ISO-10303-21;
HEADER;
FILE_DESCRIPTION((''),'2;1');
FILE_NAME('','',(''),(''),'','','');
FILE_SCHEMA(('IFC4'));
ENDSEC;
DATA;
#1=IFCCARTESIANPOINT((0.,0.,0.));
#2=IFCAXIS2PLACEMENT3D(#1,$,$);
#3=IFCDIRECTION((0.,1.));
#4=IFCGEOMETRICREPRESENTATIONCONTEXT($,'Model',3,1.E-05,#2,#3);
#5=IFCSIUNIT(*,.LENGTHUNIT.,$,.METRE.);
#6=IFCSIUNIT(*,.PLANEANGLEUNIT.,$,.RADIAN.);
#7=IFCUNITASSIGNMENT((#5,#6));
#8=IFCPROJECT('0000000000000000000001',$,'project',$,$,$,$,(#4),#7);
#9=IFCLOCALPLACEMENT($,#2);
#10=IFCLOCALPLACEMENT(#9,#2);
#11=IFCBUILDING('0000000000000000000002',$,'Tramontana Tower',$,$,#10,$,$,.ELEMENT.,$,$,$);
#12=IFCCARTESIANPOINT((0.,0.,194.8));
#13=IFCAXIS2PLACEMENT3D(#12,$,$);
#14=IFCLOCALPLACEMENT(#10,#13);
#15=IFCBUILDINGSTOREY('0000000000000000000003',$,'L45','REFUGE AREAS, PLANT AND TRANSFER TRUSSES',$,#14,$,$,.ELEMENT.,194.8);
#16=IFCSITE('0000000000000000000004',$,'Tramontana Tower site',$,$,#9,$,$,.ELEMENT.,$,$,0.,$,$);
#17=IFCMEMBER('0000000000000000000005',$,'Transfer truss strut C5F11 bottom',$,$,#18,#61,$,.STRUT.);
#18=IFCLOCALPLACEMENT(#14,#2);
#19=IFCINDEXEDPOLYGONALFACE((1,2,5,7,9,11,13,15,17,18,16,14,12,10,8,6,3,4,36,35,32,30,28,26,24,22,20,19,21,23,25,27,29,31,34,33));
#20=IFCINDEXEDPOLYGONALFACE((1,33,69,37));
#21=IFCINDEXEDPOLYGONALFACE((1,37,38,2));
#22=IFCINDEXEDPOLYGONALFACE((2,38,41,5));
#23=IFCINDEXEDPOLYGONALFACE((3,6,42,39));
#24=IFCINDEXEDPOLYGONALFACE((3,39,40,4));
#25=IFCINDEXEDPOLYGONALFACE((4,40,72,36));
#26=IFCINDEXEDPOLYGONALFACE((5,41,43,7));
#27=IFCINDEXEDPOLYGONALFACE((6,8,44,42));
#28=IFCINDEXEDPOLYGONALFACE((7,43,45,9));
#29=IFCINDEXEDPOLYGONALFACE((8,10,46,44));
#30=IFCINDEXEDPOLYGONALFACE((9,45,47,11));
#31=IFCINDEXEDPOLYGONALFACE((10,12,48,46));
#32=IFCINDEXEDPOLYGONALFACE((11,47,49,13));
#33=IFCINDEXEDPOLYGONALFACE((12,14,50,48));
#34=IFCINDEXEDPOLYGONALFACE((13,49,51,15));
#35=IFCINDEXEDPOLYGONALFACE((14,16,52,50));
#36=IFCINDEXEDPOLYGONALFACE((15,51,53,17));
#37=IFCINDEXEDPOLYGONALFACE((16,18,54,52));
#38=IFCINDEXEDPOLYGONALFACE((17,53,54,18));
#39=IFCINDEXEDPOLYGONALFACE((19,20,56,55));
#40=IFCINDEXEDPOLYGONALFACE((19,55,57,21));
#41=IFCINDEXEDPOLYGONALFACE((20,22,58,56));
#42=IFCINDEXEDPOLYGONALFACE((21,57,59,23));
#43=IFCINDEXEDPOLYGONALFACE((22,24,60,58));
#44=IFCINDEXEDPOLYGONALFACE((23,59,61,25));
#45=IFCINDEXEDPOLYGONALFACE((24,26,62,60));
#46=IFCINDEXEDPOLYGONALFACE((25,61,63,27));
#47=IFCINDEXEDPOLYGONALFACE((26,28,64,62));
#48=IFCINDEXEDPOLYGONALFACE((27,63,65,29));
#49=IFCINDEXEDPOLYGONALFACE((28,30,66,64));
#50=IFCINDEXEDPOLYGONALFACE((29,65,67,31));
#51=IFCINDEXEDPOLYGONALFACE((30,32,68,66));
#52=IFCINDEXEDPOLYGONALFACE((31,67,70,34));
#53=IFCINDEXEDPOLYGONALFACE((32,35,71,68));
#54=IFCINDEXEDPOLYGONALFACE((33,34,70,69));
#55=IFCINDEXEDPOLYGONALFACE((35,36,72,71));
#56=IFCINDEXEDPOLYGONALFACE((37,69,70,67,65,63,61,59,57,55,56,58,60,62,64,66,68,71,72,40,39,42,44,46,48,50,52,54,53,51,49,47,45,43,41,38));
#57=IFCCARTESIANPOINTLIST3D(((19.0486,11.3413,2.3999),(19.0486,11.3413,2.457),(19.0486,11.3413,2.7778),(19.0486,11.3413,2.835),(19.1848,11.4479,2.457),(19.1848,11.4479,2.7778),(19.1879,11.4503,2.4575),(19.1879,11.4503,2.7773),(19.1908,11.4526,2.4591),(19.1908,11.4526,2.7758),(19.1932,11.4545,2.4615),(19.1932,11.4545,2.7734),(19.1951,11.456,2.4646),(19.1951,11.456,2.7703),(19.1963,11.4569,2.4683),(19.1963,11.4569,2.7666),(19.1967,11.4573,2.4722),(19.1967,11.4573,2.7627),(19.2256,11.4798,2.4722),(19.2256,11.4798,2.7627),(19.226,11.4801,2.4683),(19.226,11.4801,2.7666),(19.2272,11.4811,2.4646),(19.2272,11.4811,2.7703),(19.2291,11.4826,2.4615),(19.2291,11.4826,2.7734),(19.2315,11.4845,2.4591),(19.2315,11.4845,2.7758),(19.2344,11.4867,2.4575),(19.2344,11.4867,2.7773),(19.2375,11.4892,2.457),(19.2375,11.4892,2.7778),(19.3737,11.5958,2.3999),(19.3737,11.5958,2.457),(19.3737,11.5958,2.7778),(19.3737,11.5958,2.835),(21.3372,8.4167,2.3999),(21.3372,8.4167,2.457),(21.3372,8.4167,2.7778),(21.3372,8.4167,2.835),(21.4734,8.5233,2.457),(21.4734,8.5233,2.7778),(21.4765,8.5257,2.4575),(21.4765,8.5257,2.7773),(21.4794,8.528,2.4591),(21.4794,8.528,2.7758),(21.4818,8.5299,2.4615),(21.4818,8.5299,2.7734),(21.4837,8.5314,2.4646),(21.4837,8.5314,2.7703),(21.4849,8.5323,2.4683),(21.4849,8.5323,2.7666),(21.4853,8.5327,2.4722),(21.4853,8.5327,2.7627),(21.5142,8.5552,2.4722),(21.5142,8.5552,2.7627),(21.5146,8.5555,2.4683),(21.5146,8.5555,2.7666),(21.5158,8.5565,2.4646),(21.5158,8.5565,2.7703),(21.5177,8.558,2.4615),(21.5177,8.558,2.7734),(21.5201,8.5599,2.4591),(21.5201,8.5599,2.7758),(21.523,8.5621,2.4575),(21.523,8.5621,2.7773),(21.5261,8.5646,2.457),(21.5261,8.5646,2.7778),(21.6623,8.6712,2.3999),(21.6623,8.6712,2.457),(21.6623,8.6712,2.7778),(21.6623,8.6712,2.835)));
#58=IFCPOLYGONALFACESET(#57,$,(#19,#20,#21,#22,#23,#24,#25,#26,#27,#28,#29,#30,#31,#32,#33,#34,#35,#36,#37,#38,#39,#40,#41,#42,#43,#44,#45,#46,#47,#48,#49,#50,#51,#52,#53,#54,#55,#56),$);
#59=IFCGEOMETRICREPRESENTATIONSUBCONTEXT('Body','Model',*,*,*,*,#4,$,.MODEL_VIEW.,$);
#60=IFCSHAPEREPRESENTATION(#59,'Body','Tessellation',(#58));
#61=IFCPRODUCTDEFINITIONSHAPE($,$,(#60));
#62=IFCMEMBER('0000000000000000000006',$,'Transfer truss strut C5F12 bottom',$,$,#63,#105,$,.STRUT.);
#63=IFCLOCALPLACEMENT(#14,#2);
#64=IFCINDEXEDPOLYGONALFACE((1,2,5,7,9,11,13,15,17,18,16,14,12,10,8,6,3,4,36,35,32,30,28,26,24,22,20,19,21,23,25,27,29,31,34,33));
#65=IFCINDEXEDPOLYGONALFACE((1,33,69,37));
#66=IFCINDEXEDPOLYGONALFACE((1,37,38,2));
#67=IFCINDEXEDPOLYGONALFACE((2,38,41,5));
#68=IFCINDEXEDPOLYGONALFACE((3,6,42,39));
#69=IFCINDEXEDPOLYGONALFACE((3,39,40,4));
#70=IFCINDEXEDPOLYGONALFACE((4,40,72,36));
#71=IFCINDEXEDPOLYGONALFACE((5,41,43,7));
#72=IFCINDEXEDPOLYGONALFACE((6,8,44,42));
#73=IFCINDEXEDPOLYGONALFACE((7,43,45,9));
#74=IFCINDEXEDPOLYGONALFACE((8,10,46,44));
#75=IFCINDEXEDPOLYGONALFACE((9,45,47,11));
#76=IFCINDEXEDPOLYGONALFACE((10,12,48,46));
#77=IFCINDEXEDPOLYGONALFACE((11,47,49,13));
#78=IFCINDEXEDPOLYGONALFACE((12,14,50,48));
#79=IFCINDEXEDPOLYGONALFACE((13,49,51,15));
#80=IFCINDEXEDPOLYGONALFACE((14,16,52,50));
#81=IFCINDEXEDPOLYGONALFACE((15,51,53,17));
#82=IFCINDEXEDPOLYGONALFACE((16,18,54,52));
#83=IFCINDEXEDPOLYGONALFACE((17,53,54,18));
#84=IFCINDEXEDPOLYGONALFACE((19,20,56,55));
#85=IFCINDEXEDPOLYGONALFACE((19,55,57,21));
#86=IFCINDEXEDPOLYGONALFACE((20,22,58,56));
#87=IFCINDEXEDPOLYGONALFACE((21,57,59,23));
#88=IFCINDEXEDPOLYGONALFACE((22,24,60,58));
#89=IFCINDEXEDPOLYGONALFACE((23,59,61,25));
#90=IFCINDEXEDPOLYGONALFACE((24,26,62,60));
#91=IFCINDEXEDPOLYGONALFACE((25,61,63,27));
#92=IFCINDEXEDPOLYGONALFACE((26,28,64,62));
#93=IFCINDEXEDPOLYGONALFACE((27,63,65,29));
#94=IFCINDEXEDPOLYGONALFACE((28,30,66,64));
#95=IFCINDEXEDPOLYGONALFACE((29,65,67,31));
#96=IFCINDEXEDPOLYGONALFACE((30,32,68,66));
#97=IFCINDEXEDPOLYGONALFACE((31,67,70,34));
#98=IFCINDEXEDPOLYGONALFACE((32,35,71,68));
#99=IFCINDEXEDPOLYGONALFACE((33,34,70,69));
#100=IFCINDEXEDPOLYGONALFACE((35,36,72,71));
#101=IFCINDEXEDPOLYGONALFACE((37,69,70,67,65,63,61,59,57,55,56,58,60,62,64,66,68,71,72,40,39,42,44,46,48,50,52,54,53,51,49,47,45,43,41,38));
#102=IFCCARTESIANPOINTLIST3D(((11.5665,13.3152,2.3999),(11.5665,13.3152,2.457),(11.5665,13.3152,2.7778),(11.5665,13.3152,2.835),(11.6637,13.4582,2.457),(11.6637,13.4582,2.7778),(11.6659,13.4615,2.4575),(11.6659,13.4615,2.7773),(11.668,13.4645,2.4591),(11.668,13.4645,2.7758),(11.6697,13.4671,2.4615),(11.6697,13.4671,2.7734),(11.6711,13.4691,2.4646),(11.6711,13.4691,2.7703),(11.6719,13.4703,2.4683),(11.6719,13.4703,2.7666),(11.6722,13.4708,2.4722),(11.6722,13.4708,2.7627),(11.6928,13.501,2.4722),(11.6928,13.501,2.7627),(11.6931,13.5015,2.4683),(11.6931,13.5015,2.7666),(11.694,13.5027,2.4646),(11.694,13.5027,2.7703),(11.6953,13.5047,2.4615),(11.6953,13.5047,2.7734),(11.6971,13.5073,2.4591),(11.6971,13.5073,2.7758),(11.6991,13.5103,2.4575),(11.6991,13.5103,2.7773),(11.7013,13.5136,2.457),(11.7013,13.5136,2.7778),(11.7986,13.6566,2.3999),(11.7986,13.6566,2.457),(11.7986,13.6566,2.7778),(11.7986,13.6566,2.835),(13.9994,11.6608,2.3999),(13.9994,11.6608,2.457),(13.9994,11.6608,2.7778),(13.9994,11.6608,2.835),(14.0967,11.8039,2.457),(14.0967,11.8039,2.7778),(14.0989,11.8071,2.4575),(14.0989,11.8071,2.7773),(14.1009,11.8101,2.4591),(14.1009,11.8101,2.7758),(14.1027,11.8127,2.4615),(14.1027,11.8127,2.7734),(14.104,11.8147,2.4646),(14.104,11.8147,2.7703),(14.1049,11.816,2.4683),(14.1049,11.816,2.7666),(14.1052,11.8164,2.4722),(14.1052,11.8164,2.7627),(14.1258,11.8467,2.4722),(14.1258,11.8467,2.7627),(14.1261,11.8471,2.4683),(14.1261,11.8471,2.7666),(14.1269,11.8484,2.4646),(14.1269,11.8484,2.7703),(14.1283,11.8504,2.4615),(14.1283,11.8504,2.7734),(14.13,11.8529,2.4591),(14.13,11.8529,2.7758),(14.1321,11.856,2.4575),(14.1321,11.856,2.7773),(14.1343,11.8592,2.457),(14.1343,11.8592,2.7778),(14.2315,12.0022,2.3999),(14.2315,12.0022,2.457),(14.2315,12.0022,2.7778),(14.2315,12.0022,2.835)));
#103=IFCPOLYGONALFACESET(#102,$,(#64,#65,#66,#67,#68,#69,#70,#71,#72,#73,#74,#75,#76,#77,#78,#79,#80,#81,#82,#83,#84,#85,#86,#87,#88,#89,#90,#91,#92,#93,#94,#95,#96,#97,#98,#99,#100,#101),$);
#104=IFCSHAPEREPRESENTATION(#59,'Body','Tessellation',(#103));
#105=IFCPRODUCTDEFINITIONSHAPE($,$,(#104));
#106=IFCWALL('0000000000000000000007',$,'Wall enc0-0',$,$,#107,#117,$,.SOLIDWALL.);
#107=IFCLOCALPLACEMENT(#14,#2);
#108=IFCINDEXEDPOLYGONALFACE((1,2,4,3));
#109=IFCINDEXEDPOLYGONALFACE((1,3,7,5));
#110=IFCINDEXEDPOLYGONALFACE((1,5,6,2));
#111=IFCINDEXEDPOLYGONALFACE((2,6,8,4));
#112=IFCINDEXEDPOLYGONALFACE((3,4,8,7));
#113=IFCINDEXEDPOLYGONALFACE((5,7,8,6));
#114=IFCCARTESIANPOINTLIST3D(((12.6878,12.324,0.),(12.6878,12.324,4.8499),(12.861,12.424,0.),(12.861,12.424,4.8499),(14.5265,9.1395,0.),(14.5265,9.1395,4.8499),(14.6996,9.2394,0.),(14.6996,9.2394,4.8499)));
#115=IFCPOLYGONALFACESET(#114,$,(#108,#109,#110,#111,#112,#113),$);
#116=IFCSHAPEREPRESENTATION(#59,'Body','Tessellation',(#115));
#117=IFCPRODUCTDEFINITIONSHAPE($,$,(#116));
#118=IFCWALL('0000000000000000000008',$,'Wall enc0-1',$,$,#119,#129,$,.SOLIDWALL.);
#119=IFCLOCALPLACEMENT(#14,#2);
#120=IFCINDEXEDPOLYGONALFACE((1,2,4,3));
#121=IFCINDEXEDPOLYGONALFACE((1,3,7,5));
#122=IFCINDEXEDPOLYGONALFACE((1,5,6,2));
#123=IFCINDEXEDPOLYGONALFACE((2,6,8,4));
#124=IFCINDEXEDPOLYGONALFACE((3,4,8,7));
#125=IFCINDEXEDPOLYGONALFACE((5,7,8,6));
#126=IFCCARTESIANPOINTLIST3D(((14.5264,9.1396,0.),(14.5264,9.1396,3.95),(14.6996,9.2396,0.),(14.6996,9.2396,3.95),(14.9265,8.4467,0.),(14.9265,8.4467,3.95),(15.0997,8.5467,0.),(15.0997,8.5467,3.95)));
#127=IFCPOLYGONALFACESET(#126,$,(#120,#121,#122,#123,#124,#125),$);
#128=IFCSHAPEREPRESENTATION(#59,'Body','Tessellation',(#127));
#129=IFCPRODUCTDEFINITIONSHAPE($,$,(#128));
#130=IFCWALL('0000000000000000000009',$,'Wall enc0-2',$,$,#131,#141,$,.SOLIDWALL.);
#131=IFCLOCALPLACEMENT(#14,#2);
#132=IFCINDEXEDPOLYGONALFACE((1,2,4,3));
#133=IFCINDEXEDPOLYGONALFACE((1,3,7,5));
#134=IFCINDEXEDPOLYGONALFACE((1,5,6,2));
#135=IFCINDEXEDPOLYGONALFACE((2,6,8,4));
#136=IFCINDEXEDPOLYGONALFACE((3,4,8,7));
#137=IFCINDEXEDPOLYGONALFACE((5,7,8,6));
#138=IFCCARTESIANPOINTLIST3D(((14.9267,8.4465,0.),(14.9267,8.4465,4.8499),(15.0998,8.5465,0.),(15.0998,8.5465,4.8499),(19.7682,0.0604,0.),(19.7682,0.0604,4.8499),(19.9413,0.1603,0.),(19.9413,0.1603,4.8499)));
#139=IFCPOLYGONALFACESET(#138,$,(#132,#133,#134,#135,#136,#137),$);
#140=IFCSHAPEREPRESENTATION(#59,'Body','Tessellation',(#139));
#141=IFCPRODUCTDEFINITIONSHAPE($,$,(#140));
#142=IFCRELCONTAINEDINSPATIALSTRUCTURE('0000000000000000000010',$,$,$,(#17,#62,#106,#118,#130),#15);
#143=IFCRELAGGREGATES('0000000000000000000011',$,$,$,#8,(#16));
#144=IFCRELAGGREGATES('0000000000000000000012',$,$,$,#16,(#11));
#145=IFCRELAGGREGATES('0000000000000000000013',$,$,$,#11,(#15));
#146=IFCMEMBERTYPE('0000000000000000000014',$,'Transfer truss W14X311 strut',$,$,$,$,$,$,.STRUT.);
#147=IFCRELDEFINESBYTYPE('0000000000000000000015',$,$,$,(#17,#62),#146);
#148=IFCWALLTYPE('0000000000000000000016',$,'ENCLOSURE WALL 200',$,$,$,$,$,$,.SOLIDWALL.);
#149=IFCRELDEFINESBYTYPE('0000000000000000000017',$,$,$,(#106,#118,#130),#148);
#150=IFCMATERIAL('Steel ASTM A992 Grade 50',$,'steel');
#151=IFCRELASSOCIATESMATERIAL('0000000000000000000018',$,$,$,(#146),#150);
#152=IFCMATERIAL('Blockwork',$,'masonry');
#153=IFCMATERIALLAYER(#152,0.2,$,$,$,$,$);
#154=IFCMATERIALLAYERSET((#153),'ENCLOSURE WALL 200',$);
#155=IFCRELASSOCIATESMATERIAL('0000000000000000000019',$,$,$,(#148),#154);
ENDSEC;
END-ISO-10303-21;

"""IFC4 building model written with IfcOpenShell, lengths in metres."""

from ifc_helpers import new_model, si_unit, direction, frame, frame_2d, origin, origin_2d, place, context, subcontext, project, spatial, rectangle, i_section, extrude, material, layer, layer_set, material_profile, profile_set, type_object, element, save


model = new_model("IFC4")

# Units and contexts
model_context = context("Model", 3, precision=1e-05, world=origin(), true_north=direction((0.0, 1.0)))
body_context = subcontext(model_context, "Body", "Model", "MODEL_VIEW")
ifc_project = project(units=[si_unit("LENGTHUNIT", "METRE"), si_unit("PLANEANGLEUNIT", "RADIAN")], contexts=[model_context])

# Site, building, storey
site_placement = place(None, origin())
site = spatial("IfcSite", under=ifc_project, at=site_placement, Name="Tramontana Tower site", CompositionType="ELEMENT", RefElevation=0.0)
building_placement = place(site_placement, origin())
building = spatial("IfcBuilding", under=site, at=building_placement, Name="Tramontana Tower", CompositionType="ELEMENT")
storey_placement = place(building_placement, frame((0.0, 0.0, 194.8)))
storey = spatial("IfcBuildingStorey", under=building, at=storey_placement, Name="L45", Description="REFUGE AREAS, PLANT AND TRANSFER TRUSSES", CompositionType="ELEMENT", Elevation=194.8)

# Members
ifc_material_1 = material(Name="Steel ASTM A992 Grade 50", Category="steel")
ifc_material_profile_1 = material_profile(ifc_material_1, i_section(OverallWidth=0.4128, OverallDepth=0.4351, WebThickness=0.0366, FlangeThickness=0.0571, FilletRadius=0.0151, at=origin_2d()), Name="W14X311")
ifc_profile_set_1 = profile_set([ifc_material_profile_1], Name="Steel ASTM A992 Grade 50")
member_type_1 = type_object("IfcMemberType", Name="Transfer truss W14X311 strut", PredefinedType="STRUT", material=ifc_profile_set_1)
member_1_placement = place(storey_placement, frame((21.4998, 8.5439, 2.6174), z_axis=(-0.616273, 0.787533, 0.0), x_axis=(-0.787533, -0.616273, 0.0)))
element("IfcMember", 1, at=member_1_placement, inside=storey, type_object=member_type_1, Name="Transfer truss strut C5F11 bottom", PredefinedType="STRUT", context=body_context, shape_type="SweptSolid", body=[
    extrude(i_section(OverallWidth=0.4128, OverallDepth=0.4351, WebThickness=0.0366, FlangeThickness=0.0571, FilletRadius=0.0151, at=origin_2d()), origin(), (0.0, 0.0, 1.0), 3.7136),
])
member_2_placement = place(storey_placement, frame((14.1155, 11.8315, 2.6174), z_axis=(-0.826934, 0.562299, 0.0), x_axis=(-0.562299, -0.826934, 0.0)))
element("IfcMember", 2, at=member_2_placement, inside=storey, type_object=member_type_1, Name="Transfer truss strut C5F12 bottom", PredefinedType="STRUT", context=body_context, shape_type="SweptSolid", body=[
    extrude(i_section(OverallWidth=0.4128, OverallDepth=0.4351, WebThickness=0.0366, FlangeThickness=0.0571, FilletRadius=0.0151, at=origin_2d()), origin(), (0.0, 0.0, 1.0), 2.9421),
])

# Walls
ifc_material_2 = material(Name="Blockwork", Category="masonry")
ifc_layer = layer(ifc_material_2, 0.2)
ifc_layer_set = layer_set([ifc_layer], Name="ENCLOSURE WALL 200")
wall_type = type_object("IfcWallType", Name="ENCLOSURE WALL 200", PredefinedType="SOLIDWALL", material=ifc_layer_set)
wall_1_placement = place(storey_placement, frame((12.7744, 12.374, 0.0), z_axis=(0.0, 0.0, 1.0), x_axis=(0.500002, -0.866024, 0.0)))
element("IfcWall", 3, at=wall_1_placement, inside=storey, type_object=wall_type, Name="Wall enc0-0", PredefinedType="SOLIDWALL", context=body_context, shape_type="SweptSolid", body=[
    extrude(rectangle(XDim=3.6772, YDim=0.2, at=frame_2d((1.8386, 0.0))), origin(), (0.0, 0.0, 1.0), 4.8499),
])
wall_2_placement = place(storey_placement, frame((14.613, 9.1895, 0.0), z_axis=(0.0, 0.0, 1.0), x_axis=(0.50011, -0.865962, 0.0)))
element("IfcWall", 4, at=wall_2_placement, inside=storey, type_object=wall_type, Name="Wall enc0-1", PredefinedType="SOLIDWALL", context=body_context, shape_type="SweptSolid", body=[
    extrude(rectangle(XDim=0.8, YDim=0.2, at=frame_2d((0.3999, 0.0))), origin(), (0.0, 0.0, 1.0), 3.95),
])
wall_3_placement = place(storey_placement, frame((15.0132, 8.4966, 0.0), z_axis=(0.0, 0.0, 1.0), x_axis=(0.499981, -0.866036, 0.0)))
element("IfcWall", 5, at=wall_3_placement, inside=storey, type_object=wall_type, Name="Wall enc0-2", PredefinedType="SOLIDWALL", context=body_context, shape_type="SweptSolid", body=[
    extrude(rectangle(XDim=9.6833, YDim=0.2, at=frame_2d((4.8418, 0.0))), origin(), (0.0, 0.0, 1.0), 4.8499),
])

save(model, "model.ifc")
